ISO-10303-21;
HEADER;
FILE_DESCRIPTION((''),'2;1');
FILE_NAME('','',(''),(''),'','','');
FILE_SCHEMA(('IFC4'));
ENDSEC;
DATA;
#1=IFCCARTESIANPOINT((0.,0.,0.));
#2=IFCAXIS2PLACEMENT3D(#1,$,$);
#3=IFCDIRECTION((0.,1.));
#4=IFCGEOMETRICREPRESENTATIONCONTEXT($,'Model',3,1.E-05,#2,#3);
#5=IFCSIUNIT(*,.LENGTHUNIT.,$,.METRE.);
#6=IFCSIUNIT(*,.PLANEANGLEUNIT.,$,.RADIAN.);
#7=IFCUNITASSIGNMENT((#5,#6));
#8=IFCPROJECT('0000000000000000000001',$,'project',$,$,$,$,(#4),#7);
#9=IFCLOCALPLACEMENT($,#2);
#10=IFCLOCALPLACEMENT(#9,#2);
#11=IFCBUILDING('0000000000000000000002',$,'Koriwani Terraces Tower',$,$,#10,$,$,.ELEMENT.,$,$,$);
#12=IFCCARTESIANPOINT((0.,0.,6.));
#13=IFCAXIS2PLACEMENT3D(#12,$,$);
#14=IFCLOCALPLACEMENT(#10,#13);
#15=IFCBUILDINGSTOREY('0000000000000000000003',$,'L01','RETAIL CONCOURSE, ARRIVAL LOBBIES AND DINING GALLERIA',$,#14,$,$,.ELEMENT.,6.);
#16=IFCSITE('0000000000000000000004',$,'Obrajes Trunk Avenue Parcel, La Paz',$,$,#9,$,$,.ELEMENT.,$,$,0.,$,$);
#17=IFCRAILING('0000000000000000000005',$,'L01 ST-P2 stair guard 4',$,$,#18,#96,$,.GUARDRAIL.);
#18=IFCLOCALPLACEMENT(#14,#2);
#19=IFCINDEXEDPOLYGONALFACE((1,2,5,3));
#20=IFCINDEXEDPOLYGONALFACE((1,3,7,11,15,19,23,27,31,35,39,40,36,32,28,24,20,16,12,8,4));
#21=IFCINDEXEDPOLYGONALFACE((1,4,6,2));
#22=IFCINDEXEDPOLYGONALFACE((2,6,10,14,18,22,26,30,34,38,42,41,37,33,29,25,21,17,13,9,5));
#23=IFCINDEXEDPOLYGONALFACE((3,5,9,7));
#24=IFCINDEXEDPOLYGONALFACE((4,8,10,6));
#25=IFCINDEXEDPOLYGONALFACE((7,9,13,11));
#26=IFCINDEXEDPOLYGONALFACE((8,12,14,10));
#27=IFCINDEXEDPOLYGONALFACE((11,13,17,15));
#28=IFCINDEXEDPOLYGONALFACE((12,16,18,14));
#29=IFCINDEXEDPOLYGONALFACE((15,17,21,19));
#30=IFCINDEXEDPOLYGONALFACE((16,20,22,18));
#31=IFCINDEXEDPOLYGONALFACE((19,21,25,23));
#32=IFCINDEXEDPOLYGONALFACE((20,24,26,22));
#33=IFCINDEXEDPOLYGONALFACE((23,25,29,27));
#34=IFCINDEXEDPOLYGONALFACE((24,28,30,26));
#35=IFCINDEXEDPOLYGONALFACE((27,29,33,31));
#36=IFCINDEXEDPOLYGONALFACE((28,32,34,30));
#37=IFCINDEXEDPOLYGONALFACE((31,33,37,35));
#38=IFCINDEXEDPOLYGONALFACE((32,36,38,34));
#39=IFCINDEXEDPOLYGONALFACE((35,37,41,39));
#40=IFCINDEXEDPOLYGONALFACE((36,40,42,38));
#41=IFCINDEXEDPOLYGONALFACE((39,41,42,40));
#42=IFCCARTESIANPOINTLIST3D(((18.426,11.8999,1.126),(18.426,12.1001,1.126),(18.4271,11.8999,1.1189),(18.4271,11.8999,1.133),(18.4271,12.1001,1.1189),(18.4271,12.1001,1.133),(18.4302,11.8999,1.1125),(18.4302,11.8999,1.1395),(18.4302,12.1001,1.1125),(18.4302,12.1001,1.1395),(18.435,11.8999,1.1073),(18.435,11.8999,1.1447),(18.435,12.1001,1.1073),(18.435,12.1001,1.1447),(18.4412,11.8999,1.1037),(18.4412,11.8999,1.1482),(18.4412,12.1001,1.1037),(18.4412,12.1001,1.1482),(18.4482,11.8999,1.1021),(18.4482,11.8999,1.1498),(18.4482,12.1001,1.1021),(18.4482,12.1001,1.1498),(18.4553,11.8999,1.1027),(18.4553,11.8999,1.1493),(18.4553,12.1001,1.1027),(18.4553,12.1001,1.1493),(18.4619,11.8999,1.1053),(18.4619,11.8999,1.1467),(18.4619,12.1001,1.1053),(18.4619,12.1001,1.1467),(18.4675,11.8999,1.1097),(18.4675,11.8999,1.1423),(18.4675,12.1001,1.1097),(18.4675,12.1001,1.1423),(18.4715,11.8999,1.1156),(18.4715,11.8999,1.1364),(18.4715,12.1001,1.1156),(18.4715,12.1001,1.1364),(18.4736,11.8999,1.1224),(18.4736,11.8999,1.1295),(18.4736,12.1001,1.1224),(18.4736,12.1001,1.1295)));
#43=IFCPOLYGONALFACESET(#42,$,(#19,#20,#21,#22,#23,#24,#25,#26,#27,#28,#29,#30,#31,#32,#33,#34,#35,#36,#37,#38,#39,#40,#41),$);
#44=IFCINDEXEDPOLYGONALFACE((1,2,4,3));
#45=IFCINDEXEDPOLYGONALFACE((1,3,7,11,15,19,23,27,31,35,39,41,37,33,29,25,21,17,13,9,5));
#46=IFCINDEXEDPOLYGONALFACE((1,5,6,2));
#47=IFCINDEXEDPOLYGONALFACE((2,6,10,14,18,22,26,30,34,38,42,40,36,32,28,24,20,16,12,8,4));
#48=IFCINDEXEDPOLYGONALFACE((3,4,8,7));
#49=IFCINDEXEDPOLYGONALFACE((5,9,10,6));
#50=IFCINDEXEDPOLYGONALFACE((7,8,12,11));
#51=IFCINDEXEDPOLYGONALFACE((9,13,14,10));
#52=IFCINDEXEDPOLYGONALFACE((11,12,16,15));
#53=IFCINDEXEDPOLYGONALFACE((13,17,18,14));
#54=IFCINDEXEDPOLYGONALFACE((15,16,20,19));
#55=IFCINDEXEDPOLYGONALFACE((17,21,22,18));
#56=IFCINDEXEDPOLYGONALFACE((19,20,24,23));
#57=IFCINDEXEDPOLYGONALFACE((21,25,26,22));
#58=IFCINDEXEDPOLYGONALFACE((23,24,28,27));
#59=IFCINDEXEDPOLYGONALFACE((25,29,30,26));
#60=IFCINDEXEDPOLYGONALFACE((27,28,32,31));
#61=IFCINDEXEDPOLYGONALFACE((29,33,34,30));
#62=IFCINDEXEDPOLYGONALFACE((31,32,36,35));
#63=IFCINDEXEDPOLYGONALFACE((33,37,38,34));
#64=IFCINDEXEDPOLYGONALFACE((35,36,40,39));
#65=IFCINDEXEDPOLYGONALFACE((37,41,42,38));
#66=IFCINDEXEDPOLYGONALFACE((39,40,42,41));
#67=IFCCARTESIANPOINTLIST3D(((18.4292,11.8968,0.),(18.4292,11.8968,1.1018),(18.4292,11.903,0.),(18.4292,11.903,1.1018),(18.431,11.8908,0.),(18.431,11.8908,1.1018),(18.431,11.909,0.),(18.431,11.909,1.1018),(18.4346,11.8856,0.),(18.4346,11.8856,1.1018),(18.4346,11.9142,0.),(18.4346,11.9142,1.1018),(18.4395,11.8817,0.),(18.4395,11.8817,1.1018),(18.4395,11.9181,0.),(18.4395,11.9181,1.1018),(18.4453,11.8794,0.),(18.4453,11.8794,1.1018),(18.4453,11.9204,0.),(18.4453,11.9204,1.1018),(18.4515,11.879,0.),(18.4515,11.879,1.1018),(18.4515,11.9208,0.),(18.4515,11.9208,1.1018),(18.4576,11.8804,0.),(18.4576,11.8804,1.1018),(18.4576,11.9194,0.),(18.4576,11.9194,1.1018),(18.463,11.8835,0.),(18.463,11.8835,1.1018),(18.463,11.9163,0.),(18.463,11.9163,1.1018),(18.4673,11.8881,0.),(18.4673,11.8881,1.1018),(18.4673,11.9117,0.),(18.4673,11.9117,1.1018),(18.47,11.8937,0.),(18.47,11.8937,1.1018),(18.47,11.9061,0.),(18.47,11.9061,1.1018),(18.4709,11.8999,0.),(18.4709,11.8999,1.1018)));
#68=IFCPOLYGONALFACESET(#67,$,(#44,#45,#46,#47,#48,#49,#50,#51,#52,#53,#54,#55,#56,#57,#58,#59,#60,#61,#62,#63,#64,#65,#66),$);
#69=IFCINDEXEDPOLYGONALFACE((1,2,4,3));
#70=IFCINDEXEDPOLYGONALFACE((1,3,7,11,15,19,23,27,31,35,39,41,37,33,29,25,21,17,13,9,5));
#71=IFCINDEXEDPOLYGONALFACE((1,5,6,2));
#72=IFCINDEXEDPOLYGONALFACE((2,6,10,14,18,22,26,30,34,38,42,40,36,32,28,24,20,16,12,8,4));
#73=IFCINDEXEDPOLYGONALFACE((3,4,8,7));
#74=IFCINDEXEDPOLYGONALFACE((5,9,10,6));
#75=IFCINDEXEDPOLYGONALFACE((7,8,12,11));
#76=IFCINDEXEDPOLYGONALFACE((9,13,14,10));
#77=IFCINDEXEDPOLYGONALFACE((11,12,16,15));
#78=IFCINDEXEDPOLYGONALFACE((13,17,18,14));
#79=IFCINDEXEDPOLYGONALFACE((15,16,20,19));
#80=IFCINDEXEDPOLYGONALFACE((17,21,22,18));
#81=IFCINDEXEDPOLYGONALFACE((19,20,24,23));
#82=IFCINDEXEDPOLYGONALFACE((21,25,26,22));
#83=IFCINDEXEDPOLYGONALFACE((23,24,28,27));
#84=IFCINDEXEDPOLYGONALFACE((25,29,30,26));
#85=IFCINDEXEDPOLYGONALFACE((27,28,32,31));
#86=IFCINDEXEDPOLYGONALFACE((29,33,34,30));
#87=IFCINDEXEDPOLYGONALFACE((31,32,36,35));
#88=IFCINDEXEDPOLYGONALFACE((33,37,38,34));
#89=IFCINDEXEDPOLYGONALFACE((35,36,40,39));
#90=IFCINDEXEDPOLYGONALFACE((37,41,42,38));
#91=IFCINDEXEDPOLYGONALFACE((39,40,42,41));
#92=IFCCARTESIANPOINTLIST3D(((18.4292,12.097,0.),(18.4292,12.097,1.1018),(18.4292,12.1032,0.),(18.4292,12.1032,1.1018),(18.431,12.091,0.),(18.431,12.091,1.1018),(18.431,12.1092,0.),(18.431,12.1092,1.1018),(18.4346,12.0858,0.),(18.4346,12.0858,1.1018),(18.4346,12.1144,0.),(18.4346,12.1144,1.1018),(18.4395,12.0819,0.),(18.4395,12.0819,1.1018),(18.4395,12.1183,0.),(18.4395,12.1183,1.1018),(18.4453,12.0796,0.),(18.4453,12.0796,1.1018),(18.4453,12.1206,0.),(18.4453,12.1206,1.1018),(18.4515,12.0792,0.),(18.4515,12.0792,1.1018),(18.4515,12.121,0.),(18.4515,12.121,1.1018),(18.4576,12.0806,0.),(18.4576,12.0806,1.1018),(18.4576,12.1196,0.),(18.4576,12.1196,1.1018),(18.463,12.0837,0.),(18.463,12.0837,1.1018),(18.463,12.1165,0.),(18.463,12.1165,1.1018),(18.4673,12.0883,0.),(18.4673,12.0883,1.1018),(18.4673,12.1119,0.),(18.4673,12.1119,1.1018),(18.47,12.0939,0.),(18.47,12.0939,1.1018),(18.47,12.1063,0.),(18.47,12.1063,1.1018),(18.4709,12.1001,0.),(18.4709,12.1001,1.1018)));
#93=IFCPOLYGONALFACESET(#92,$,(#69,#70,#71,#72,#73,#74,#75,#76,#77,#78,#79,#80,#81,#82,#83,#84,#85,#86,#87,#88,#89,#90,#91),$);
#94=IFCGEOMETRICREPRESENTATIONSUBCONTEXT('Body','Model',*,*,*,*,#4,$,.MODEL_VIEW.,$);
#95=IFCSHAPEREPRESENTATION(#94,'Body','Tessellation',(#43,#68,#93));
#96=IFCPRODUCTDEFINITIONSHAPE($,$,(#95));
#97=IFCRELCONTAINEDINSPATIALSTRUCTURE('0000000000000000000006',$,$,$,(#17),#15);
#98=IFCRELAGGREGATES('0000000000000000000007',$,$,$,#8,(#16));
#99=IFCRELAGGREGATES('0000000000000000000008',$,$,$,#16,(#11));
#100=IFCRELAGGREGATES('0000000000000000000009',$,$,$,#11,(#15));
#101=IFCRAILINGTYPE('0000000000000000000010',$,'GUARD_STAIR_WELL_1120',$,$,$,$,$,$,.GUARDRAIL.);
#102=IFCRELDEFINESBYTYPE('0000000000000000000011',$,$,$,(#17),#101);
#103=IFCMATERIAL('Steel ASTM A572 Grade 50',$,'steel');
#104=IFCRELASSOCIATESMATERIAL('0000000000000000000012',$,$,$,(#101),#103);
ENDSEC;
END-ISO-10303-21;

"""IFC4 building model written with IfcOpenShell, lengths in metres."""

from ifc_helpers import new_model, si_unit, direction, frame, origin, origin_2d, place, context, subcontext, project, spatial, circle, extrude, material, type_object, element, save


model = new_model("IFC4")

# Units and contexts
model_context = context("Model", 3, precision=1e-05, world=origin(), true_north=direction((0.0, 1.0)))
body_context = subcontext(model_context, "Body", "Model", "MODEL_VIEW")
ifc_project = project(units=[si_unit("LENGTHUNIT", "METRE"), si_unit("PLANEANGLEUNIT", "RADIAN")], contexts=[model_context])

# Site, building, storey
site_placement = place(None, origin())
site = spatial("IfcSite", under=ifc_project, at=site_placement, Name="Obrajes Trunk Avenue Parcel, La Paz", CompositionType="ELEMENT", RefElevation=0.0)
building_placement = place(site_placement, origin())
building = spatial("IfcBuilding", under=site, at=building_placement, Name="Koriwani Terraces Tower", CompositionType="ELEMENT")
storey_placement = place(building_placement, frame((0.0, 0.0, 6.0)))
storey = spatial("IfcBuildingStorey", under=building, at=storey_placement, Name="L01", Description="RETAIL CONCOURSE, ARRIVAL LOBBIES AND DINING GALLERIA", CompositionType="ELEMENT", Elevation=6.0)

# Shared definitions
ifc_material_1 = material(Name="Steel ASTM A572 Grade 50", Category="steel")

# Railing
railing_type_1 = type_object("IfcRailingType", Name="GUARD_STAIR_WELL_1120", PredefinedType="GUARDRAIL", material=ifc_material_1)
railing_1_placement = place(storey_placement, frame((18.45, 11.8999, 0.0)))
element("IfcRailing", 1, at=railing_1_placement, inside=storey, type_object=railing_type_1, Name="L01 ST-P2 stair guard 4", PredefinedType="GUARDRAIL", context=body_context, shape_type="SweptSolid", body=[
    extrude(circle(Radius=0.0239, at=origin_2d()), frame((0.0, 0.0, 1.126), z_axis=(0.0, 1.0, 0.0), x_axis=(-1.0, 0.0, 0.0)), (0.0, 0.0, 1.0), 0.2002),
    extrude(circle(Radius=0.021, at=origin_2d()), origin(), (0.0, 0.0, 1.0), 1.1018),
    extrude(circle(Radius=0.021, at=origin_2d()), frame((0.0, 0.2002, 0.0)), (0.0, 0.0, 1.0), 1.1018),
])

save(model, "model.ifc")
